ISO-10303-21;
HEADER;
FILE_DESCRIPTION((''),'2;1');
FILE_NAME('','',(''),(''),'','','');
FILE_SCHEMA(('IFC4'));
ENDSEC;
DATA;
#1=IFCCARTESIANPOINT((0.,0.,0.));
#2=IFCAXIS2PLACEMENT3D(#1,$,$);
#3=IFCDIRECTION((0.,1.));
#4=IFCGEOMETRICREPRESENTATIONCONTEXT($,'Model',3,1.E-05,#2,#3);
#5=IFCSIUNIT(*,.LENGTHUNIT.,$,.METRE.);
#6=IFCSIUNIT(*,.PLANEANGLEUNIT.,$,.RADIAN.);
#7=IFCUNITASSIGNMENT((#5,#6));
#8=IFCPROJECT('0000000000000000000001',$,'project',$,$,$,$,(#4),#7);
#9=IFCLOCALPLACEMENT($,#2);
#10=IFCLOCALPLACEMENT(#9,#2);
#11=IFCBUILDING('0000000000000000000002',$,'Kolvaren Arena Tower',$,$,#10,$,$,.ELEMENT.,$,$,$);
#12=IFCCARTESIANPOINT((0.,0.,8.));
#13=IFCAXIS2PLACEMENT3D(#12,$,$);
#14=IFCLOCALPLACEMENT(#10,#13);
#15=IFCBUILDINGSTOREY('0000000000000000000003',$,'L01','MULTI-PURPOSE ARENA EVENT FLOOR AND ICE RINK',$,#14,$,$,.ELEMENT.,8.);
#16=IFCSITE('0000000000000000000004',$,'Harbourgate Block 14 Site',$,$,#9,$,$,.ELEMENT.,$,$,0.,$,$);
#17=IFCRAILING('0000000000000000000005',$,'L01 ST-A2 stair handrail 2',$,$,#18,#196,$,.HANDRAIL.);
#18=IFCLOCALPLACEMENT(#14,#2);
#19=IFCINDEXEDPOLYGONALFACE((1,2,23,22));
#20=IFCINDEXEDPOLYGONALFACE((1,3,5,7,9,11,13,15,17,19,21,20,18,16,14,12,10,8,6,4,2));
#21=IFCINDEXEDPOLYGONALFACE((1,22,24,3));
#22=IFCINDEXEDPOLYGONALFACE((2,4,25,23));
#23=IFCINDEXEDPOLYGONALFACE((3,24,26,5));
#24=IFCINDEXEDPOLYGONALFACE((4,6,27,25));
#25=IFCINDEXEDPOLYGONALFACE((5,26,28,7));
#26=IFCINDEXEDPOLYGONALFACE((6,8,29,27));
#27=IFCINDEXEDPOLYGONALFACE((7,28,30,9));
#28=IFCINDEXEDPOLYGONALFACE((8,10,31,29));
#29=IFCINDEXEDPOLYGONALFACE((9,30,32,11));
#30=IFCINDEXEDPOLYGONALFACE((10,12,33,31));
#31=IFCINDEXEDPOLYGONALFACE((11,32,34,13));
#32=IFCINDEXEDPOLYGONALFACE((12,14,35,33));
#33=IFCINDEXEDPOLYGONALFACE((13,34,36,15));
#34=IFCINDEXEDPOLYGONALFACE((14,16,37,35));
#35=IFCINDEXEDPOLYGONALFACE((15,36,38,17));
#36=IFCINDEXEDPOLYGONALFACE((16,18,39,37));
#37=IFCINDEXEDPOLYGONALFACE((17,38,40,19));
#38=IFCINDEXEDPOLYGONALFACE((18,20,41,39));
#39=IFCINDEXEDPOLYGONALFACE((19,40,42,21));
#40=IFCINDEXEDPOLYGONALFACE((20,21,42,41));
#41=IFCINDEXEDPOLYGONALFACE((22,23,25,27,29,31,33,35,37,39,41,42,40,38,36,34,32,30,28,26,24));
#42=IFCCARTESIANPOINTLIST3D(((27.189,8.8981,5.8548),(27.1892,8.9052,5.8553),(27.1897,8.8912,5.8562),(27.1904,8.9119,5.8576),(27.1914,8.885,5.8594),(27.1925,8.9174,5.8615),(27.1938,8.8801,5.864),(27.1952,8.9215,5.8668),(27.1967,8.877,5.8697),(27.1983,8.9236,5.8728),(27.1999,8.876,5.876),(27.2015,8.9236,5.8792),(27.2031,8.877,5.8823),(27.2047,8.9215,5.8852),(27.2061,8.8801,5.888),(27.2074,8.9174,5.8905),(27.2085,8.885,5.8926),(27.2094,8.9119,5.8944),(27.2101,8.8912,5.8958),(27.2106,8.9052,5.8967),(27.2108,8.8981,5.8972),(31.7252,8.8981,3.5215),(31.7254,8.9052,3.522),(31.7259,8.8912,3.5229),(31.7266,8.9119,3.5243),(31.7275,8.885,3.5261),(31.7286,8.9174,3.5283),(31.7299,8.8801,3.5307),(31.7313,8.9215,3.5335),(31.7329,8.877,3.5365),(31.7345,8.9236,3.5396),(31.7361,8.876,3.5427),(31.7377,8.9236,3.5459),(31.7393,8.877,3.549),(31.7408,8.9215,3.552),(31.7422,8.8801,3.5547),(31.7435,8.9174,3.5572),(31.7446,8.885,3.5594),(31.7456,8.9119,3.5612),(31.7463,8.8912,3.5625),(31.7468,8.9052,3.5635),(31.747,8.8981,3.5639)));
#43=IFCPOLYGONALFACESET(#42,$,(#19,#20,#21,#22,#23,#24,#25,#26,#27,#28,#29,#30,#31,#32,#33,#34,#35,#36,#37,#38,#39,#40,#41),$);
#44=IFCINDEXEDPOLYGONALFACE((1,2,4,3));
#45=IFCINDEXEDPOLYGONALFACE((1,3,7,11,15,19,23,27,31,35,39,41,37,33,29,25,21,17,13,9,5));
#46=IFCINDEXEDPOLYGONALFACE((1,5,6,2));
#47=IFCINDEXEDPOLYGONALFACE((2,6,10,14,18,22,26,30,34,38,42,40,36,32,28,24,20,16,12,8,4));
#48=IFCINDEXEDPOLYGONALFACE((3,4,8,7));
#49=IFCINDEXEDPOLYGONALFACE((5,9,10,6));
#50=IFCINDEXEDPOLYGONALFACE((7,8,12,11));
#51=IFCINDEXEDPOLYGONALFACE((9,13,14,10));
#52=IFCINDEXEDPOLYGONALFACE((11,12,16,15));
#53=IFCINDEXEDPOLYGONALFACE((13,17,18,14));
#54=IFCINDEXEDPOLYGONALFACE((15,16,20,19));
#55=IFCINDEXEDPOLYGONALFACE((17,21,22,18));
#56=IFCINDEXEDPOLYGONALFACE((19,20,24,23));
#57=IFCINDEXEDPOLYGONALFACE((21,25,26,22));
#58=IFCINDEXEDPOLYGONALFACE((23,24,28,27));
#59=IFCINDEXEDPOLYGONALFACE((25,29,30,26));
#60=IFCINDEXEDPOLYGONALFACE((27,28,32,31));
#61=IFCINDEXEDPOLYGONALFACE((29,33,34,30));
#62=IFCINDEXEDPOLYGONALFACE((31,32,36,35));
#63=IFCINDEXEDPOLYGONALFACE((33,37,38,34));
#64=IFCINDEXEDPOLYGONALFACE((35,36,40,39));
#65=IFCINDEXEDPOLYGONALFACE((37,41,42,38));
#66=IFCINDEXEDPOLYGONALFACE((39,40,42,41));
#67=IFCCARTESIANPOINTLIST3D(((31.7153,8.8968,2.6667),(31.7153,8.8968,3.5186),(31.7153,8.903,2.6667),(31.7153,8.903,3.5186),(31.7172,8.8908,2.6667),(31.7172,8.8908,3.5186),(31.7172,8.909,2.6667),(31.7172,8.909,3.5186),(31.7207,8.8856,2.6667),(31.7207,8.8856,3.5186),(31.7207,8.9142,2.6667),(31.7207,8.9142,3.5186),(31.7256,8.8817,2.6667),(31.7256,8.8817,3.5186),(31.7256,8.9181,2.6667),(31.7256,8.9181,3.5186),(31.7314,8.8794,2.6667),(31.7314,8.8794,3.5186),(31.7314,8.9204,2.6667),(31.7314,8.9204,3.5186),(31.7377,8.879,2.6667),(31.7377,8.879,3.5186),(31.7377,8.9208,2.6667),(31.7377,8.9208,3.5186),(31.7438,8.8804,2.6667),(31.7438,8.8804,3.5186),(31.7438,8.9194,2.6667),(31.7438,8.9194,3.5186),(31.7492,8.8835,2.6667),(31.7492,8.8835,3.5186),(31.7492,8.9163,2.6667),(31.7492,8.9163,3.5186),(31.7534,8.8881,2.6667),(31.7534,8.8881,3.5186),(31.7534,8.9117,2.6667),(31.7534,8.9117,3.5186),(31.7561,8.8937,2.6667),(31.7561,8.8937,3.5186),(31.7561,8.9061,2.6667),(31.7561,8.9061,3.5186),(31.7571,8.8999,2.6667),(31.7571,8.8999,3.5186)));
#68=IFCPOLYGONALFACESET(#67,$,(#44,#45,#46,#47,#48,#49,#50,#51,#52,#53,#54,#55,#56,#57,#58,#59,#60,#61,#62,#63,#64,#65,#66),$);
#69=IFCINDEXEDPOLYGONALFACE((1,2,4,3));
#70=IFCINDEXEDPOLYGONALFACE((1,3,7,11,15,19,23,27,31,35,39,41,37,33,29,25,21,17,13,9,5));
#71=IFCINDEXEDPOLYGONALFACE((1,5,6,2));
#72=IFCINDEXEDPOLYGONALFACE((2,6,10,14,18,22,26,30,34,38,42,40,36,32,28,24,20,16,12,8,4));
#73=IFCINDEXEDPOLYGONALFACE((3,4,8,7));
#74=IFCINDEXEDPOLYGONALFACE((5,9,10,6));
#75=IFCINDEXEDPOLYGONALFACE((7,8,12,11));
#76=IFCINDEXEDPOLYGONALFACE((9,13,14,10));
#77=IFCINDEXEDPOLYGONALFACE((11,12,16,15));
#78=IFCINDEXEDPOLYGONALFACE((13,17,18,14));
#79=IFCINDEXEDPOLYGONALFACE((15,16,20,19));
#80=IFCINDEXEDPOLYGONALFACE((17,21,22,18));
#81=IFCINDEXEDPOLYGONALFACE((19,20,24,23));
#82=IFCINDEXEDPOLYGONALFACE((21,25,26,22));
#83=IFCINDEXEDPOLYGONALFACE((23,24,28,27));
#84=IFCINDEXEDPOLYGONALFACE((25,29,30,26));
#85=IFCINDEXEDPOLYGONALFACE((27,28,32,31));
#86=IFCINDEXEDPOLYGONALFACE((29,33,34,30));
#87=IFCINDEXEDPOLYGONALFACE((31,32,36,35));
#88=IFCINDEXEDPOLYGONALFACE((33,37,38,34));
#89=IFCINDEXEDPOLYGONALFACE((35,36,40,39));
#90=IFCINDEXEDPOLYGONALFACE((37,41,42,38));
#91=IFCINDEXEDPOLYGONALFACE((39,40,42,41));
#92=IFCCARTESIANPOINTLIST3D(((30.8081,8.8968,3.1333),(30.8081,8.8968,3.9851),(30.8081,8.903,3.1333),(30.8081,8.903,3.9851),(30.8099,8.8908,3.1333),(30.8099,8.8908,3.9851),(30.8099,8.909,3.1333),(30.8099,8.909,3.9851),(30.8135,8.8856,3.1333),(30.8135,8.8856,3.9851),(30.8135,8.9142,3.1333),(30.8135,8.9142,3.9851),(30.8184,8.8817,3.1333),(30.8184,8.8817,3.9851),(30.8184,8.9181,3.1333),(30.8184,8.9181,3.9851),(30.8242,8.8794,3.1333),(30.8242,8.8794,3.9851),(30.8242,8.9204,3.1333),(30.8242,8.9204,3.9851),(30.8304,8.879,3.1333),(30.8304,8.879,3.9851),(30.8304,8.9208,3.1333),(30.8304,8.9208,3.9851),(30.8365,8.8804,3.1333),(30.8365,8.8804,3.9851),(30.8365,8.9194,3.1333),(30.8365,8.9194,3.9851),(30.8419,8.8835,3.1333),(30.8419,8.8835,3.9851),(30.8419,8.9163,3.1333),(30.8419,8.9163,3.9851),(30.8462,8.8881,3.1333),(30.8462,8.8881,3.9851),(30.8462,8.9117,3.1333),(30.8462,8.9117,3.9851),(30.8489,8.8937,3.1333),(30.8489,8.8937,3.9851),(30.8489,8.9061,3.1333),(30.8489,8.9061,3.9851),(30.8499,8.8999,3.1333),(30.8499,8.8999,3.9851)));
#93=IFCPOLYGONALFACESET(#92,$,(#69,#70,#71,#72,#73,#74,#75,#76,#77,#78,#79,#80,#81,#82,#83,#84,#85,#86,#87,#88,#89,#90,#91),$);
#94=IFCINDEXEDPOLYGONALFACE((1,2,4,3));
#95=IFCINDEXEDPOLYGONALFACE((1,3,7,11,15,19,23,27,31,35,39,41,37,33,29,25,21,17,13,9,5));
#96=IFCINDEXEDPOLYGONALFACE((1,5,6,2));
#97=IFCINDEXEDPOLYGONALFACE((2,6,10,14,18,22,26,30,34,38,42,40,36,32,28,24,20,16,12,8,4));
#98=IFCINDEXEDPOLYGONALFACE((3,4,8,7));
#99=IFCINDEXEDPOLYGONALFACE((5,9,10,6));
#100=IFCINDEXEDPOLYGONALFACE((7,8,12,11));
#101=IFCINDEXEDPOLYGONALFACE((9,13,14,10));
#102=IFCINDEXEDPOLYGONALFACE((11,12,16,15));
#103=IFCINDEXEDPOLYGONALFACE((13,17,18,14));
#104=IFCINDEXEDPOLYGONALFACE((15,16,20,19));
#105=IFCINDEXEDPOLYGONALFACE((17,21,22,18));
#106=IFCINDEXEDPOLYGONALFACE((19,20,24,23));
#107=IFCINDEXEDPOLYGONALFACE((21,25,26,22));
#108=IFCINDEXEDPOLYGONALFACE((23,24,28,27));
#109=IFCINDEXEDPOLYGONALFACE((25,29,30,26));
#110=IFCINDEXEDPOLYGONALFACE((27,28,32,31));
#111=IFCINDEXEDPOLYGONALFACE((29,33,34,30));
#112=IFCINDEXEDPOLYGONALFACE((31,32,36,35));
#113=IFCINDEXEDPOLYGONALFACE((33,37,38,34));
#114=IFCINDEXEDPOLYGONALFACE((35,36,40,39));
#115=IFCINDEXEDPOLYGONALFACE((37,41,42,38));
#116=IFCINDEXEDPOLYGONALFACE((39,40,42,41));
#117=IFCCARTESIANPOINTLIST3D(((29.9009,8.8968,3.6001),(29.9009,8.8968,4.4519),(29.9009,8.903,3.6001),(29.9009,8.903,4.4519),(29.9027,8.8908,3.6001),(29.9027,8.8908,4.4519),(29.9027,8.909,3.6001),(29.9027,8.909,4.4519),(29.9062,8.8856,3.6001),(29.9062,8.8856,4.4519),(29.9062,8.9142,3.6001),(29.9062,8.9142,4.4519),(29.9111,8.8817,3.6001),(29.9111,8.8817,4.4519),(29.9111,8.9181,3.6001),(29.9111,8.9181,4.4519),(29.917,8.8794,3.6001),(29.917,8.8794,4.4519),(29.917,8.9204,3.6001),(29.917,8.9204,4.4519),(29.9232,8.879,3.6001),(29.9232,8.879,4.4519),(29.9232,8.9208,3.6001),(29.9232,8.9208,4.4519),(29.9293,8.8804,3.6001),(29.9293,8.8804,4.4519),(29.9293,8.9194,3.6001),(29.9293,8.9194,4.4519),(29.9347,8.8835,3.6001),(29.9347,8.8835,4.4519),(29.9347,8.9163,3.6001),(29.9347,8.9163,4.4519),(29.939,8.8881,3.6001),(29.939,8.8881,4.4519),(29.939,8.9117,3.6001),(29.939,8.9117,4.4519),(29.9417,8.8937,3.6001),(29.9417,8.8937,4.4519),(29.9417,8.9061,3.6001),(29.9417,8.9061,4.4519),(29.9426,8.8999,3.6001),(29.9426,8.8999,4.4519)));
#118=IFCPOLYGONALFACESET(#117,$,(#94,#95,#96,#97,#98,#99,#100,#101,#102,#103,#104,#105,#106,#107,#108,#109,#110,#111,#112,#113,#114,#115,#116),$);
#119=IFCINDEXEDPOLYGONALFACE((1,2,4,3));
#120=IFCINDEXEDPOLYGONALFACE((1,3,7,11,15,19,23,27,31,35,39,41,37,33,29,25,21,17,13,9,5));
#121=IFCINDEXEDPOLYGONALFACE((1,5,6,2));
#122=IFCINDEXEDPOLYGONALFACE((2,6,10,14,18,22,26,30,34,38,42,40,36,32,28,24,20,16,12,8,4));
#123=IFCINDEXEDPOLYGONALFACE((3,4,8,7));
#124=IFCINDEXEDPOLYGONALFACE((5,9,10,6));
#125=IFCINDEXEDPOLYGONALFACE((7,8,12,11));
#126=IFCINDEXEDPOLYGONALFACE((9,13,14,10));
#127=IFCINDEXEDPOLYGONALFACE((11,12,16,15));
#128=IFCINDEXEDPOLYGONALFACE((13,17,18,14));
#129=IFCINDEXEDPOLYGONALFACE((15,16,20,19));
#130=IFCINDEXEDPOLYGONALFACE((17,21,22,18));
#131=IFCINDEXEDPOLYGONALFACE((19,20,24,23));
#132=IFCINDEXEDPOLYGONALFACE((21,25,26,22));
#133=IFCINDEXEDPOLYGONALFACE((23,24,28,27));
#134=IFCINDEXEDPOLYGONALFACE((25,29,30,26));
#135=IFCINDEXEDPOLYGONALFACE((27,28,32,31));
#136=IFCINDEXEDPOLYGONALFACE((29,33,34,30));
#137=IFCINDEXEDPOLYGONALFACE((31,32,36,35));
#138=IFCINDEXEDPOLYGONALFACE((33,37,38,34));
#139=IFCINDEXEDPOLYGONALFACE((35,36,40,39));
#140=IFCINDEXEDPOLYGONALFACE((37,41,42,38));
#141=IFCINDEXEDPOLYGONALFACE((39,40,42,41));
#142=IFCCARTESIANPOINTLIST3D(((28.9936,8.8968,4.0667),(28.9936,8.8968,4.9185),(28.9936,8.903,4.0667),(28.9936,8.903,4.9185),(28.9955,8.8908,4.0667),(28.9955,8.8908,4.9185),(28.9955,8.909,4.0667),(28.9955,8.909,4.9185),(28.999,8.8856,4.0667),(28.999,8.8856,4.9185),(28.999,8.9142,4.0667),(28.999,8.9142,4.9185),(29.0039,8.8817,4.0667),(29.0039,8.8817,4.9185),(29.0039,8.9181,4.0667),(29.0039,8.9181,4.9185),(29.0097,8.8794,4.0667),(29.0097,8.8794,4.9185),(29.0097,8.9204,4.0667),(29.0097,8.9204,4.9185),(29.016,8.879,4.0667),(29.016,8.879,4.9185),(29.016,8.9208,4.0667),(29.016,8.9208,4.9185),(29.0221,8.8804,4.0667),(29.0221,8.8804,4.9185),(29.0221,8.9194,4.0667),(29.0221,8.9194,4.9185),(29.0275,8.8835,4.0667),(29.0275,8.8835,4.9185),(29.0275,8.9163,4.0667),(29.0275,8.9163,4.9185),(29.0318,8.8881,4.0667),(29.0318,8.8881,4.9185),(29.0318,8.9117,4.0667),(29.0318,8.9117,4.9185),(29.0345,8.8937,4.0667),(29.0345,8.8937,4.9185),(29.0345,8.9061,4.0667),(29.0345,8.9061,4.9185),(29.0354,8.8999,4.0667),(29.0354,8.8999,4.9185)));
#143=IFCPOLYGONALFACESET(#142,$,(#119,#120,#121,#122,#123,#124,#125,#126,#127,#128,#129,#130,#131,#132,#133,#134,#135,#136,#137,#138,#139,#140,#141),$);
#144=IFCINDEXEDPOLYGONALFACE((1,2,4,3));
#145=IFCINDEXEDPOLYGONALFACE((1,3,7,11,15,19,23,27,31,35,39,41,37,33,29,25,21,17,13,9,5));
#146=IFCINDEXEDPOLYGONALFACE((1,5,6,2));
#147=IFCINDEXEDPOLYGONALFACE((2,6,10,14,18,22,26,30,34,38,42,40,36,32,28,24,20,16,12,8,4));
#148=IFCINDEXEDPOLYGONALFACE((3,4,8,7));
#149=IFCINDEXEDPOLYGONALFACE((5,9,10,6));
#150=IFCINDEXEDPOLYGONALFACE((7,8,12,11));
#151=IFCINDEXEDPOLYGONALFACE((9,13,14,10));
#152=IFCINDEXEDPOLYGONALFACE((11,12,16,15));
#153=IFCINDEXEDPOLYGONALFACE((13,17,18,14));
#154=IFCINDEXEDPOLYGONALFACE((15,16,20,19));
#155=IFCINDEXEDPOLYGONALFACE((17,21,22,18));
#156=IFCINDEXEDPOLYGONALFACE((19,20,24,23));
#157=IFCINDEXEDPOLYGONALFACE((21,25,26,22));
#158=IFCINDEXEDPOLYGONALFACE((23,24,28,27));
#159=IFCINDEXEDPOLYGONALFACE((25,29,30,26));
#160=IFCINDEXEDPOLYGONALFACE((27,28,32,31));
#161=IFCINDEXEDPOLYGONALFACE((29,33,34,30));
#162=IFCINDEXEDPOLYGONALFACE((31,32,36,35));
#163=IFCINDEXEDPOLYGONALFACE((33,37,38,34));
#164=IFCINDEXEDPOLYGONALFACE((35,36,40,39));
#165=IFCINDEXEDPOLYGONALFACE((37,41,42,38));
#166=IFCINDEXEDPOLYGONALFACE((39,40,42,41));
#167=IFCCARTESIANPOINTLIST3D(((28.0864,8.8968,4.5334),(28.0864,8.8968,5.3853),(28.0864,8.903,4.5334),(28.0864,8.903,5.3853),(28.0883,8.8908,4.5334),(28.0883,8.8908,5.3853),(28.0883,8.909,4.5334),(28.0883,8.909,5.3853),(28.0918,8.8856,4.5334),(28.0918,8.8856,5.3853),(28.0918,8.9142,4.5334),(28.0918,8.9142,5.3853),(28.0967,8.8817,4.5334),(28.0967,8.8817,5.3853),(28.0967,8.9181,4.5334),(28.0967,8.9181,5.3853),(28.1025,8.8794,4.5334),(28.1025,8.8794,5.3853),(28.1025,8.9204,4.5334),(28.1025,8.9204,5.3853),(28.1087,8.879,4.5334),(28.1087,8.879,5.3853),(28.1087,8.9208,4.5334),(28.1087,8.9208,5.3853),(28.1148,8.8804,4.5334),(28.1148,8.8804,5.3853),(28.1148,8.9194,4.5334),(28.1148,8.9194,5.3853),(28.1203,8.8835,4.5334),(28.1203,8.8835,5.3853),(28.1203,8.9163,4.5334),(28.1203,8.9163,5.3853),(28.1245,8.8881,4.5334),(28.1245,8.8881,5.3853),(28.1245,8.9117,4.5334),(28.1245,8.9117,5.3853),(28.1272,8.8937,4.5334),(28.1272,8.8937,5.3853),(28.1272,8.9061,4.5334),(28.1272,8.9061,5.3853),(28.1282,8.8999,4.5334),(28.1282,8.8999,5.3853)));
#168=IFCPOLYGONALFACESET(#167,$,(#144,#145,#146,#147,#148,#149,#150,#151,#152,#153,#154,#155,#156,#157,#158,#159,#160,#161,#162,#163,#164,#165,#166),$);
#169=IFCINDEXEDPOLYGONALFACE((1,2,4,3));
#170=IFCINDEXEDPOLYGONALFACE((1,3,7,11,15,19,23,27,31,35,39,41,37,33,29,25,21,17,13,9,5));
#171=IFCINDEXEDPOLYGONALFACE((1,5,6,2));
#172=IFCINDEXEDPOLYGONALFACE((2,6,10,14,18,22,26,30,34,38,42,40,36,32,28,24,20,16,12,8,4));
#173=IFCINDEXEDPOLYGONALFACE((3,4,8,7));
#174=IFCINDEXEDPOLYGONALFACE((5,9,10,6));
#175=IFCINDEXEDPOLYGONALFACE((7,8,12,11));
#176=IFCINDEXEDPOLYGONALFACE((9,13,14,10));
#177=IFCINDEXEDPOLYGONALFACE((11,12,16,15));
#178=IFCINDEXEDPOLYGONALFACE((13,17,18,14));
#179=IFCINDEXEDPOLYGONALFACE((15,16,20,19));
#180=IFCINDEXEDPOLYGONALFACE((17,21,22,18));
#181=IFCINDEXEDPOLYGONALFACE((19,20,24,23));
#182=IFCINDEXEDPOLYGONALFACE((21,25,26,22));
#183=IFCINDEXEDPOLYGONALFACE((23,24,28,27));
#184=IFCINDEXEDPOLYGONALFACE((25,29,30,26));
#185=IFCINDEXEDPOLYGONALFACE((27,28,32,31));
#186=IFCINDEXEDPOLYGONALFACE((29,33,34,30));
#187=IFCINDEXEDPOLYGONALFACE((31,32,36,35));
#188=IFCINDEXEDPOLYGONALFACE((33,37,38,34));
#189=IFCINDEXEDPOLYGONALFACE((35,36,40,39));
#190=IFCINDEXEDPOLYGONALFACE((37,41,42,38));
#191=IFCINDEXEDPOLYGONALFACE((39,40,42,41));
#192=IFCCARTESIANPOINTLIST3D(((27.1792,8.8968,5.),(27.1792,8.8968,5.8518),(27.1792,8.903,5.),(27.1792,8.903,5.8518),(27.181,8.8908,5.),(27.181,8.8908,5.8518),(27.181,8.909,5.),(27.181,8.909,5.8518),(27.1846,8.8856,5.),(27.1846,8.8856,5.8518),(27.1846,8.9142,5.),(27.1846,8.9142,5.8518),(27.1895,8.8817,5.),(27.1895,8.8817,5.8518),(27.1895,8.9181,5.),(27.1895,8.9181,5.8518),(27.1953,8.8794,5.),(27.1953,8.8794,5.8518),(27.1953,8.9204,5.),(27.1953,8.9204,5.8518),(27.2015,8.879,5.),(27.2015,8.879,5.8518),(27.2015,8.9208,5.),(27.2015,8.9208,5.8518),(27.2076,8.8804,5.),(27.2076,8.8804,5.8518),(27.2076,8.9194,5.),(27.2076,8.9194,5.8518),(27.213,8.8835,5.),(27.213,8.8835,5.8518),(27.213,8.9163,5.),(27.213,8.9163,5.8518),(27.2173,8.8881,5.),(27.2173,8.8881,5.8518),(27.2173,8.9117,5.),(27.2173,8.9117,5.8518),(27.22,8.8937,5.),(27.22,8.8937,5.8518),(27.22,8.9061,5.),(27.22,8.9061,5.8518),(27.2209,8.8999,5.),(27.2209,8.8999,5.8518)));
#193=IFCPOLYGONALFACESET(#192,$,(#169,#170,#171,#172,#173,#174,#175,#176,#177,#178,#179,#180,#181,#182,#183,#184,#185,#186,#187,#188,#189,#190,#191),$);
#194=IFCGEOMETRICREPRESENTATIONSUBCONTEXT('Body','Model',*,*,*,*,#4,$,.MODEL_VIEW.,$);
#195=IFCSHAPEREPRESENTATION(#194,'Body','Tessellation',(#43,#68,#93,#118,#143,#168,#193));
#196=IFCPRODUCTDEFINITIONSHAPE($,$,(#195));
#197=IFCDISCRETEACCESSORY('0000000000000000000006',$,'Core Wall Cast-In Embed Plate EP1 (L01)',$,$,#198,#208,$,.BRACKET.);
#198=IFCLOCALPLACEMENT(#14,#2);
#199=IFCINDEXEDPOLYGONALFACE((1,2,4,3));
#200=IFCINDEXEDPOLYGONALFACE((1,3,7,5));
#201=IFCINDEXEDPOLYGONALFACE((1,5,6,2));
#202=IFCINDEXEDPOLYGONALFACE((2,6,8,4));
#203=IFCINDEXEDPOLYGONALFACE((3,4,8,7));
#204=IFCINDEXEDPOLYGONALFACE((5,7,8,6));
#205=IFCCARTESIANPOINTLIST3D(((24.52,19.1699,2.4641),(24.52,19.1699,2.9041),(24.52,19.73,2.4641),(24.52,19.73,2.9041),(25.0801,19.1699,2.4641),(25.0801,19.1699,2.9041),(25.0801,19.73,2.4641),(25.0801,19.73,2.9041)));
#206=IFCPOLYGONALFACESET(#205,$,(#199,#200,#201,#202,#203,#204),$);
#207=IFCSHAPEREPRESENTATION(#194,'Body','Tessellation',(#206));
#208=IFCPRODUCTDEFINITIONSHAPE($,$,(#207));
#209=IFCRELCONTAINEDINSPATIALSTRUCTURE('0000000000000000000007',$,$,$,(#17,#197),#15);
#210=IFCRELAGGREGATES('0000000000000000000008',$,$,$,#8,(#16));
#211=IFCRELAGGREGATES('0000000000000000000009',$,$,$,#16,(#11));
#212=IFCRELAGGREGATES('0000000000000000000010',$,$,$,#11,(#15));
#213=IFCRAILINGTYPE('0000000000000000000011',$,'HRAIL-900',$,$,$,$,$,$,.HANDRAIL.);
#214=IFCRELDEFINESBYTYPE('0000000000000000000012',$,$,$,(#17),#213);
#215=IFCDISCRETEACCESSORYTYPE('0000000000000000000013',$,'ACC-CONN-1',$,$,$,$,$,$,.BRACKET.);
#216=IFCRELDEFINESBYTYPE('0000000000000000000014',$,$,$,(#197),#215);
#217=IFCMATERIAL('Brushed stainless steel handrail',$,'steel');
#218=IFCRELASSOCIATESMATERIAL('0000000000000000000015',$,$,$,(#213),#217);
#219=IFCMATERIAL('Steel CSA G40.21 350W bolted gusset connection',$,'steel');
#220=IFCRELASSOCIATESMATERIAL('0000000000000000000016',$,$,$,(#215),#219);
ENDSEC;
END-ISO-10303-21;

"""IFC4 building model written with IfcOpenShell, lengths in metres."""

from ifc_helpers import new_model, si_unit, direction, frame, origin, origin_2d, place, context, subcontext, project, spatial, rectangle, circle, extrude, material, type_object, element, save


model = new_model("IFC4")

# Units and contexts
model_context = context("Model", 3, precision=1e-05, world=origin(), true_north=direction((0.0, 1.0)))
body_context = subcontext(model_context, "Body", "Model", "MODEL_VIEW")
ifc_project = project(units=[si_unit("LENGTHUNIT", "METRE"), si_unit("PLANEANGLEUNIT", "RADIAN")], contexts=[model_context])

# Site, building, storey
site_placement = place(None, origin())
site = spatial("IfcSite", under=ifc_project, at=site_placement, Name="Harbourgate Block 14 Site", CompositionType="ELEMENT", RefElevation=0.0)
building_placement = place(site_placement, origin())
building = spatial("IfcBuilding", under=site, at=building_placement, Name="Kolvaren Arena Tower", CompositionType="ELEMENT")
storey_placement = place(building_placement, frame((0.0, 0.0, 8.0)))
storey = spatial("IfcBuildingStorey", under=building, at=storey_placement, Name="L01", Description="MULTI-PURPOSE ARENA EVENT FLOOR AND ICE RINK", CompositionType="ELEMENT", Elevation=8.0)

# Railing
ifc_material_1 = material(Name="Brushed stainless steel handrail", Category="steel")
railing_type_1 = type_object("IfcRailingType", Name="HRAIL-900", PredefinedType="HANDRAIL", material=ifc_material_1)
railing_1_placement = place(storey_placement, frame((31.7361, 8.8999, 2.6667)))
element("IfcRailing", 1, at=railing_1_placement, inside=storey, type_object=railing_type_1, Name="L01 ST-A2 stair handrail 2", PredefinedType="HANDRAIL", context=body_context, shape_type="SweptSolid", body=[
    extrude(circle(Radius=0.0239, at=origin_2d()), frame((0.0, 0.0, 0.876), z_axis=(-0.889257, 0.0, 0.457407), x_axis=(0.0, -1.0, 0.0)), (0.0, 0.0, 1.0), 5.1011),
    extrude(circle(Radius=0.021, at=origin_2d()), origin(), (0.0, 0.0, 1.0), 0.8518),
    extrude(circle(Radius=0.021, at=origin_2d()), frame((-0.9072, 0.0, 0.4666)), (0.0, 0.0, 1.0), 0.8518),
    extrude(circle(Radius=0.021, at=origin_2d()), frame((-1.8145, 0.0, 0.9333)), (0.0, 0.0, 1.0), 0.8518),
    extrude(circle(Radius=0.021, at=origin_2d()), frame((-2.7217, 0.0, 1.3999)), (0.0, 0.0, 1.0), 0.8518),
    extrude(circle(Radius=0.021, at=origin_2d()), frame((-3.6289, 0.0, 1.8667)), (0.0, 0.0, 1.0), 0.8518),
    extrude(circle(Radius=0.021, at=origin_2d()), frame((-4.5361, 0.0, 2.3333)), (0.0, 0.0, 1.0), 0.8518),
])

# Discrete accessory
ifc_material_2 = material(Name="Steel CSA G40.21 350W bolted gusset connection", Category="steel")
discrete_accessory_type = type_object("IfcDiscreteAccessoryType", Name="ACC-CONN-1", PredefinedType="BRACKET", material=ifc_material_2)
discrete_accessory_placement = place(storey_placement, frame((24.8, 19.45, 2.4641), z_axis=(0.0, 0.0, 1.0), x_axis=(1.0, 0.0, 0.0)))
element("IfcDiscreteAccessory", 2, at=discrete_accessory_placement, inside=storey, type_object=discrete_accessory_type, Name="Core Wall Cast-In Embed Plate EP1 (L01)", PredefinedType="BRACKET", context=body_context, shape_type="SweptSolid", body=[
    extrude(rectangle(XDim=0.5601, YDim=0.5601, at=origin_2d()), origin(), (0.0, 0.0, 1.0), 0.4399),
])

save(model, "model.ifc")
